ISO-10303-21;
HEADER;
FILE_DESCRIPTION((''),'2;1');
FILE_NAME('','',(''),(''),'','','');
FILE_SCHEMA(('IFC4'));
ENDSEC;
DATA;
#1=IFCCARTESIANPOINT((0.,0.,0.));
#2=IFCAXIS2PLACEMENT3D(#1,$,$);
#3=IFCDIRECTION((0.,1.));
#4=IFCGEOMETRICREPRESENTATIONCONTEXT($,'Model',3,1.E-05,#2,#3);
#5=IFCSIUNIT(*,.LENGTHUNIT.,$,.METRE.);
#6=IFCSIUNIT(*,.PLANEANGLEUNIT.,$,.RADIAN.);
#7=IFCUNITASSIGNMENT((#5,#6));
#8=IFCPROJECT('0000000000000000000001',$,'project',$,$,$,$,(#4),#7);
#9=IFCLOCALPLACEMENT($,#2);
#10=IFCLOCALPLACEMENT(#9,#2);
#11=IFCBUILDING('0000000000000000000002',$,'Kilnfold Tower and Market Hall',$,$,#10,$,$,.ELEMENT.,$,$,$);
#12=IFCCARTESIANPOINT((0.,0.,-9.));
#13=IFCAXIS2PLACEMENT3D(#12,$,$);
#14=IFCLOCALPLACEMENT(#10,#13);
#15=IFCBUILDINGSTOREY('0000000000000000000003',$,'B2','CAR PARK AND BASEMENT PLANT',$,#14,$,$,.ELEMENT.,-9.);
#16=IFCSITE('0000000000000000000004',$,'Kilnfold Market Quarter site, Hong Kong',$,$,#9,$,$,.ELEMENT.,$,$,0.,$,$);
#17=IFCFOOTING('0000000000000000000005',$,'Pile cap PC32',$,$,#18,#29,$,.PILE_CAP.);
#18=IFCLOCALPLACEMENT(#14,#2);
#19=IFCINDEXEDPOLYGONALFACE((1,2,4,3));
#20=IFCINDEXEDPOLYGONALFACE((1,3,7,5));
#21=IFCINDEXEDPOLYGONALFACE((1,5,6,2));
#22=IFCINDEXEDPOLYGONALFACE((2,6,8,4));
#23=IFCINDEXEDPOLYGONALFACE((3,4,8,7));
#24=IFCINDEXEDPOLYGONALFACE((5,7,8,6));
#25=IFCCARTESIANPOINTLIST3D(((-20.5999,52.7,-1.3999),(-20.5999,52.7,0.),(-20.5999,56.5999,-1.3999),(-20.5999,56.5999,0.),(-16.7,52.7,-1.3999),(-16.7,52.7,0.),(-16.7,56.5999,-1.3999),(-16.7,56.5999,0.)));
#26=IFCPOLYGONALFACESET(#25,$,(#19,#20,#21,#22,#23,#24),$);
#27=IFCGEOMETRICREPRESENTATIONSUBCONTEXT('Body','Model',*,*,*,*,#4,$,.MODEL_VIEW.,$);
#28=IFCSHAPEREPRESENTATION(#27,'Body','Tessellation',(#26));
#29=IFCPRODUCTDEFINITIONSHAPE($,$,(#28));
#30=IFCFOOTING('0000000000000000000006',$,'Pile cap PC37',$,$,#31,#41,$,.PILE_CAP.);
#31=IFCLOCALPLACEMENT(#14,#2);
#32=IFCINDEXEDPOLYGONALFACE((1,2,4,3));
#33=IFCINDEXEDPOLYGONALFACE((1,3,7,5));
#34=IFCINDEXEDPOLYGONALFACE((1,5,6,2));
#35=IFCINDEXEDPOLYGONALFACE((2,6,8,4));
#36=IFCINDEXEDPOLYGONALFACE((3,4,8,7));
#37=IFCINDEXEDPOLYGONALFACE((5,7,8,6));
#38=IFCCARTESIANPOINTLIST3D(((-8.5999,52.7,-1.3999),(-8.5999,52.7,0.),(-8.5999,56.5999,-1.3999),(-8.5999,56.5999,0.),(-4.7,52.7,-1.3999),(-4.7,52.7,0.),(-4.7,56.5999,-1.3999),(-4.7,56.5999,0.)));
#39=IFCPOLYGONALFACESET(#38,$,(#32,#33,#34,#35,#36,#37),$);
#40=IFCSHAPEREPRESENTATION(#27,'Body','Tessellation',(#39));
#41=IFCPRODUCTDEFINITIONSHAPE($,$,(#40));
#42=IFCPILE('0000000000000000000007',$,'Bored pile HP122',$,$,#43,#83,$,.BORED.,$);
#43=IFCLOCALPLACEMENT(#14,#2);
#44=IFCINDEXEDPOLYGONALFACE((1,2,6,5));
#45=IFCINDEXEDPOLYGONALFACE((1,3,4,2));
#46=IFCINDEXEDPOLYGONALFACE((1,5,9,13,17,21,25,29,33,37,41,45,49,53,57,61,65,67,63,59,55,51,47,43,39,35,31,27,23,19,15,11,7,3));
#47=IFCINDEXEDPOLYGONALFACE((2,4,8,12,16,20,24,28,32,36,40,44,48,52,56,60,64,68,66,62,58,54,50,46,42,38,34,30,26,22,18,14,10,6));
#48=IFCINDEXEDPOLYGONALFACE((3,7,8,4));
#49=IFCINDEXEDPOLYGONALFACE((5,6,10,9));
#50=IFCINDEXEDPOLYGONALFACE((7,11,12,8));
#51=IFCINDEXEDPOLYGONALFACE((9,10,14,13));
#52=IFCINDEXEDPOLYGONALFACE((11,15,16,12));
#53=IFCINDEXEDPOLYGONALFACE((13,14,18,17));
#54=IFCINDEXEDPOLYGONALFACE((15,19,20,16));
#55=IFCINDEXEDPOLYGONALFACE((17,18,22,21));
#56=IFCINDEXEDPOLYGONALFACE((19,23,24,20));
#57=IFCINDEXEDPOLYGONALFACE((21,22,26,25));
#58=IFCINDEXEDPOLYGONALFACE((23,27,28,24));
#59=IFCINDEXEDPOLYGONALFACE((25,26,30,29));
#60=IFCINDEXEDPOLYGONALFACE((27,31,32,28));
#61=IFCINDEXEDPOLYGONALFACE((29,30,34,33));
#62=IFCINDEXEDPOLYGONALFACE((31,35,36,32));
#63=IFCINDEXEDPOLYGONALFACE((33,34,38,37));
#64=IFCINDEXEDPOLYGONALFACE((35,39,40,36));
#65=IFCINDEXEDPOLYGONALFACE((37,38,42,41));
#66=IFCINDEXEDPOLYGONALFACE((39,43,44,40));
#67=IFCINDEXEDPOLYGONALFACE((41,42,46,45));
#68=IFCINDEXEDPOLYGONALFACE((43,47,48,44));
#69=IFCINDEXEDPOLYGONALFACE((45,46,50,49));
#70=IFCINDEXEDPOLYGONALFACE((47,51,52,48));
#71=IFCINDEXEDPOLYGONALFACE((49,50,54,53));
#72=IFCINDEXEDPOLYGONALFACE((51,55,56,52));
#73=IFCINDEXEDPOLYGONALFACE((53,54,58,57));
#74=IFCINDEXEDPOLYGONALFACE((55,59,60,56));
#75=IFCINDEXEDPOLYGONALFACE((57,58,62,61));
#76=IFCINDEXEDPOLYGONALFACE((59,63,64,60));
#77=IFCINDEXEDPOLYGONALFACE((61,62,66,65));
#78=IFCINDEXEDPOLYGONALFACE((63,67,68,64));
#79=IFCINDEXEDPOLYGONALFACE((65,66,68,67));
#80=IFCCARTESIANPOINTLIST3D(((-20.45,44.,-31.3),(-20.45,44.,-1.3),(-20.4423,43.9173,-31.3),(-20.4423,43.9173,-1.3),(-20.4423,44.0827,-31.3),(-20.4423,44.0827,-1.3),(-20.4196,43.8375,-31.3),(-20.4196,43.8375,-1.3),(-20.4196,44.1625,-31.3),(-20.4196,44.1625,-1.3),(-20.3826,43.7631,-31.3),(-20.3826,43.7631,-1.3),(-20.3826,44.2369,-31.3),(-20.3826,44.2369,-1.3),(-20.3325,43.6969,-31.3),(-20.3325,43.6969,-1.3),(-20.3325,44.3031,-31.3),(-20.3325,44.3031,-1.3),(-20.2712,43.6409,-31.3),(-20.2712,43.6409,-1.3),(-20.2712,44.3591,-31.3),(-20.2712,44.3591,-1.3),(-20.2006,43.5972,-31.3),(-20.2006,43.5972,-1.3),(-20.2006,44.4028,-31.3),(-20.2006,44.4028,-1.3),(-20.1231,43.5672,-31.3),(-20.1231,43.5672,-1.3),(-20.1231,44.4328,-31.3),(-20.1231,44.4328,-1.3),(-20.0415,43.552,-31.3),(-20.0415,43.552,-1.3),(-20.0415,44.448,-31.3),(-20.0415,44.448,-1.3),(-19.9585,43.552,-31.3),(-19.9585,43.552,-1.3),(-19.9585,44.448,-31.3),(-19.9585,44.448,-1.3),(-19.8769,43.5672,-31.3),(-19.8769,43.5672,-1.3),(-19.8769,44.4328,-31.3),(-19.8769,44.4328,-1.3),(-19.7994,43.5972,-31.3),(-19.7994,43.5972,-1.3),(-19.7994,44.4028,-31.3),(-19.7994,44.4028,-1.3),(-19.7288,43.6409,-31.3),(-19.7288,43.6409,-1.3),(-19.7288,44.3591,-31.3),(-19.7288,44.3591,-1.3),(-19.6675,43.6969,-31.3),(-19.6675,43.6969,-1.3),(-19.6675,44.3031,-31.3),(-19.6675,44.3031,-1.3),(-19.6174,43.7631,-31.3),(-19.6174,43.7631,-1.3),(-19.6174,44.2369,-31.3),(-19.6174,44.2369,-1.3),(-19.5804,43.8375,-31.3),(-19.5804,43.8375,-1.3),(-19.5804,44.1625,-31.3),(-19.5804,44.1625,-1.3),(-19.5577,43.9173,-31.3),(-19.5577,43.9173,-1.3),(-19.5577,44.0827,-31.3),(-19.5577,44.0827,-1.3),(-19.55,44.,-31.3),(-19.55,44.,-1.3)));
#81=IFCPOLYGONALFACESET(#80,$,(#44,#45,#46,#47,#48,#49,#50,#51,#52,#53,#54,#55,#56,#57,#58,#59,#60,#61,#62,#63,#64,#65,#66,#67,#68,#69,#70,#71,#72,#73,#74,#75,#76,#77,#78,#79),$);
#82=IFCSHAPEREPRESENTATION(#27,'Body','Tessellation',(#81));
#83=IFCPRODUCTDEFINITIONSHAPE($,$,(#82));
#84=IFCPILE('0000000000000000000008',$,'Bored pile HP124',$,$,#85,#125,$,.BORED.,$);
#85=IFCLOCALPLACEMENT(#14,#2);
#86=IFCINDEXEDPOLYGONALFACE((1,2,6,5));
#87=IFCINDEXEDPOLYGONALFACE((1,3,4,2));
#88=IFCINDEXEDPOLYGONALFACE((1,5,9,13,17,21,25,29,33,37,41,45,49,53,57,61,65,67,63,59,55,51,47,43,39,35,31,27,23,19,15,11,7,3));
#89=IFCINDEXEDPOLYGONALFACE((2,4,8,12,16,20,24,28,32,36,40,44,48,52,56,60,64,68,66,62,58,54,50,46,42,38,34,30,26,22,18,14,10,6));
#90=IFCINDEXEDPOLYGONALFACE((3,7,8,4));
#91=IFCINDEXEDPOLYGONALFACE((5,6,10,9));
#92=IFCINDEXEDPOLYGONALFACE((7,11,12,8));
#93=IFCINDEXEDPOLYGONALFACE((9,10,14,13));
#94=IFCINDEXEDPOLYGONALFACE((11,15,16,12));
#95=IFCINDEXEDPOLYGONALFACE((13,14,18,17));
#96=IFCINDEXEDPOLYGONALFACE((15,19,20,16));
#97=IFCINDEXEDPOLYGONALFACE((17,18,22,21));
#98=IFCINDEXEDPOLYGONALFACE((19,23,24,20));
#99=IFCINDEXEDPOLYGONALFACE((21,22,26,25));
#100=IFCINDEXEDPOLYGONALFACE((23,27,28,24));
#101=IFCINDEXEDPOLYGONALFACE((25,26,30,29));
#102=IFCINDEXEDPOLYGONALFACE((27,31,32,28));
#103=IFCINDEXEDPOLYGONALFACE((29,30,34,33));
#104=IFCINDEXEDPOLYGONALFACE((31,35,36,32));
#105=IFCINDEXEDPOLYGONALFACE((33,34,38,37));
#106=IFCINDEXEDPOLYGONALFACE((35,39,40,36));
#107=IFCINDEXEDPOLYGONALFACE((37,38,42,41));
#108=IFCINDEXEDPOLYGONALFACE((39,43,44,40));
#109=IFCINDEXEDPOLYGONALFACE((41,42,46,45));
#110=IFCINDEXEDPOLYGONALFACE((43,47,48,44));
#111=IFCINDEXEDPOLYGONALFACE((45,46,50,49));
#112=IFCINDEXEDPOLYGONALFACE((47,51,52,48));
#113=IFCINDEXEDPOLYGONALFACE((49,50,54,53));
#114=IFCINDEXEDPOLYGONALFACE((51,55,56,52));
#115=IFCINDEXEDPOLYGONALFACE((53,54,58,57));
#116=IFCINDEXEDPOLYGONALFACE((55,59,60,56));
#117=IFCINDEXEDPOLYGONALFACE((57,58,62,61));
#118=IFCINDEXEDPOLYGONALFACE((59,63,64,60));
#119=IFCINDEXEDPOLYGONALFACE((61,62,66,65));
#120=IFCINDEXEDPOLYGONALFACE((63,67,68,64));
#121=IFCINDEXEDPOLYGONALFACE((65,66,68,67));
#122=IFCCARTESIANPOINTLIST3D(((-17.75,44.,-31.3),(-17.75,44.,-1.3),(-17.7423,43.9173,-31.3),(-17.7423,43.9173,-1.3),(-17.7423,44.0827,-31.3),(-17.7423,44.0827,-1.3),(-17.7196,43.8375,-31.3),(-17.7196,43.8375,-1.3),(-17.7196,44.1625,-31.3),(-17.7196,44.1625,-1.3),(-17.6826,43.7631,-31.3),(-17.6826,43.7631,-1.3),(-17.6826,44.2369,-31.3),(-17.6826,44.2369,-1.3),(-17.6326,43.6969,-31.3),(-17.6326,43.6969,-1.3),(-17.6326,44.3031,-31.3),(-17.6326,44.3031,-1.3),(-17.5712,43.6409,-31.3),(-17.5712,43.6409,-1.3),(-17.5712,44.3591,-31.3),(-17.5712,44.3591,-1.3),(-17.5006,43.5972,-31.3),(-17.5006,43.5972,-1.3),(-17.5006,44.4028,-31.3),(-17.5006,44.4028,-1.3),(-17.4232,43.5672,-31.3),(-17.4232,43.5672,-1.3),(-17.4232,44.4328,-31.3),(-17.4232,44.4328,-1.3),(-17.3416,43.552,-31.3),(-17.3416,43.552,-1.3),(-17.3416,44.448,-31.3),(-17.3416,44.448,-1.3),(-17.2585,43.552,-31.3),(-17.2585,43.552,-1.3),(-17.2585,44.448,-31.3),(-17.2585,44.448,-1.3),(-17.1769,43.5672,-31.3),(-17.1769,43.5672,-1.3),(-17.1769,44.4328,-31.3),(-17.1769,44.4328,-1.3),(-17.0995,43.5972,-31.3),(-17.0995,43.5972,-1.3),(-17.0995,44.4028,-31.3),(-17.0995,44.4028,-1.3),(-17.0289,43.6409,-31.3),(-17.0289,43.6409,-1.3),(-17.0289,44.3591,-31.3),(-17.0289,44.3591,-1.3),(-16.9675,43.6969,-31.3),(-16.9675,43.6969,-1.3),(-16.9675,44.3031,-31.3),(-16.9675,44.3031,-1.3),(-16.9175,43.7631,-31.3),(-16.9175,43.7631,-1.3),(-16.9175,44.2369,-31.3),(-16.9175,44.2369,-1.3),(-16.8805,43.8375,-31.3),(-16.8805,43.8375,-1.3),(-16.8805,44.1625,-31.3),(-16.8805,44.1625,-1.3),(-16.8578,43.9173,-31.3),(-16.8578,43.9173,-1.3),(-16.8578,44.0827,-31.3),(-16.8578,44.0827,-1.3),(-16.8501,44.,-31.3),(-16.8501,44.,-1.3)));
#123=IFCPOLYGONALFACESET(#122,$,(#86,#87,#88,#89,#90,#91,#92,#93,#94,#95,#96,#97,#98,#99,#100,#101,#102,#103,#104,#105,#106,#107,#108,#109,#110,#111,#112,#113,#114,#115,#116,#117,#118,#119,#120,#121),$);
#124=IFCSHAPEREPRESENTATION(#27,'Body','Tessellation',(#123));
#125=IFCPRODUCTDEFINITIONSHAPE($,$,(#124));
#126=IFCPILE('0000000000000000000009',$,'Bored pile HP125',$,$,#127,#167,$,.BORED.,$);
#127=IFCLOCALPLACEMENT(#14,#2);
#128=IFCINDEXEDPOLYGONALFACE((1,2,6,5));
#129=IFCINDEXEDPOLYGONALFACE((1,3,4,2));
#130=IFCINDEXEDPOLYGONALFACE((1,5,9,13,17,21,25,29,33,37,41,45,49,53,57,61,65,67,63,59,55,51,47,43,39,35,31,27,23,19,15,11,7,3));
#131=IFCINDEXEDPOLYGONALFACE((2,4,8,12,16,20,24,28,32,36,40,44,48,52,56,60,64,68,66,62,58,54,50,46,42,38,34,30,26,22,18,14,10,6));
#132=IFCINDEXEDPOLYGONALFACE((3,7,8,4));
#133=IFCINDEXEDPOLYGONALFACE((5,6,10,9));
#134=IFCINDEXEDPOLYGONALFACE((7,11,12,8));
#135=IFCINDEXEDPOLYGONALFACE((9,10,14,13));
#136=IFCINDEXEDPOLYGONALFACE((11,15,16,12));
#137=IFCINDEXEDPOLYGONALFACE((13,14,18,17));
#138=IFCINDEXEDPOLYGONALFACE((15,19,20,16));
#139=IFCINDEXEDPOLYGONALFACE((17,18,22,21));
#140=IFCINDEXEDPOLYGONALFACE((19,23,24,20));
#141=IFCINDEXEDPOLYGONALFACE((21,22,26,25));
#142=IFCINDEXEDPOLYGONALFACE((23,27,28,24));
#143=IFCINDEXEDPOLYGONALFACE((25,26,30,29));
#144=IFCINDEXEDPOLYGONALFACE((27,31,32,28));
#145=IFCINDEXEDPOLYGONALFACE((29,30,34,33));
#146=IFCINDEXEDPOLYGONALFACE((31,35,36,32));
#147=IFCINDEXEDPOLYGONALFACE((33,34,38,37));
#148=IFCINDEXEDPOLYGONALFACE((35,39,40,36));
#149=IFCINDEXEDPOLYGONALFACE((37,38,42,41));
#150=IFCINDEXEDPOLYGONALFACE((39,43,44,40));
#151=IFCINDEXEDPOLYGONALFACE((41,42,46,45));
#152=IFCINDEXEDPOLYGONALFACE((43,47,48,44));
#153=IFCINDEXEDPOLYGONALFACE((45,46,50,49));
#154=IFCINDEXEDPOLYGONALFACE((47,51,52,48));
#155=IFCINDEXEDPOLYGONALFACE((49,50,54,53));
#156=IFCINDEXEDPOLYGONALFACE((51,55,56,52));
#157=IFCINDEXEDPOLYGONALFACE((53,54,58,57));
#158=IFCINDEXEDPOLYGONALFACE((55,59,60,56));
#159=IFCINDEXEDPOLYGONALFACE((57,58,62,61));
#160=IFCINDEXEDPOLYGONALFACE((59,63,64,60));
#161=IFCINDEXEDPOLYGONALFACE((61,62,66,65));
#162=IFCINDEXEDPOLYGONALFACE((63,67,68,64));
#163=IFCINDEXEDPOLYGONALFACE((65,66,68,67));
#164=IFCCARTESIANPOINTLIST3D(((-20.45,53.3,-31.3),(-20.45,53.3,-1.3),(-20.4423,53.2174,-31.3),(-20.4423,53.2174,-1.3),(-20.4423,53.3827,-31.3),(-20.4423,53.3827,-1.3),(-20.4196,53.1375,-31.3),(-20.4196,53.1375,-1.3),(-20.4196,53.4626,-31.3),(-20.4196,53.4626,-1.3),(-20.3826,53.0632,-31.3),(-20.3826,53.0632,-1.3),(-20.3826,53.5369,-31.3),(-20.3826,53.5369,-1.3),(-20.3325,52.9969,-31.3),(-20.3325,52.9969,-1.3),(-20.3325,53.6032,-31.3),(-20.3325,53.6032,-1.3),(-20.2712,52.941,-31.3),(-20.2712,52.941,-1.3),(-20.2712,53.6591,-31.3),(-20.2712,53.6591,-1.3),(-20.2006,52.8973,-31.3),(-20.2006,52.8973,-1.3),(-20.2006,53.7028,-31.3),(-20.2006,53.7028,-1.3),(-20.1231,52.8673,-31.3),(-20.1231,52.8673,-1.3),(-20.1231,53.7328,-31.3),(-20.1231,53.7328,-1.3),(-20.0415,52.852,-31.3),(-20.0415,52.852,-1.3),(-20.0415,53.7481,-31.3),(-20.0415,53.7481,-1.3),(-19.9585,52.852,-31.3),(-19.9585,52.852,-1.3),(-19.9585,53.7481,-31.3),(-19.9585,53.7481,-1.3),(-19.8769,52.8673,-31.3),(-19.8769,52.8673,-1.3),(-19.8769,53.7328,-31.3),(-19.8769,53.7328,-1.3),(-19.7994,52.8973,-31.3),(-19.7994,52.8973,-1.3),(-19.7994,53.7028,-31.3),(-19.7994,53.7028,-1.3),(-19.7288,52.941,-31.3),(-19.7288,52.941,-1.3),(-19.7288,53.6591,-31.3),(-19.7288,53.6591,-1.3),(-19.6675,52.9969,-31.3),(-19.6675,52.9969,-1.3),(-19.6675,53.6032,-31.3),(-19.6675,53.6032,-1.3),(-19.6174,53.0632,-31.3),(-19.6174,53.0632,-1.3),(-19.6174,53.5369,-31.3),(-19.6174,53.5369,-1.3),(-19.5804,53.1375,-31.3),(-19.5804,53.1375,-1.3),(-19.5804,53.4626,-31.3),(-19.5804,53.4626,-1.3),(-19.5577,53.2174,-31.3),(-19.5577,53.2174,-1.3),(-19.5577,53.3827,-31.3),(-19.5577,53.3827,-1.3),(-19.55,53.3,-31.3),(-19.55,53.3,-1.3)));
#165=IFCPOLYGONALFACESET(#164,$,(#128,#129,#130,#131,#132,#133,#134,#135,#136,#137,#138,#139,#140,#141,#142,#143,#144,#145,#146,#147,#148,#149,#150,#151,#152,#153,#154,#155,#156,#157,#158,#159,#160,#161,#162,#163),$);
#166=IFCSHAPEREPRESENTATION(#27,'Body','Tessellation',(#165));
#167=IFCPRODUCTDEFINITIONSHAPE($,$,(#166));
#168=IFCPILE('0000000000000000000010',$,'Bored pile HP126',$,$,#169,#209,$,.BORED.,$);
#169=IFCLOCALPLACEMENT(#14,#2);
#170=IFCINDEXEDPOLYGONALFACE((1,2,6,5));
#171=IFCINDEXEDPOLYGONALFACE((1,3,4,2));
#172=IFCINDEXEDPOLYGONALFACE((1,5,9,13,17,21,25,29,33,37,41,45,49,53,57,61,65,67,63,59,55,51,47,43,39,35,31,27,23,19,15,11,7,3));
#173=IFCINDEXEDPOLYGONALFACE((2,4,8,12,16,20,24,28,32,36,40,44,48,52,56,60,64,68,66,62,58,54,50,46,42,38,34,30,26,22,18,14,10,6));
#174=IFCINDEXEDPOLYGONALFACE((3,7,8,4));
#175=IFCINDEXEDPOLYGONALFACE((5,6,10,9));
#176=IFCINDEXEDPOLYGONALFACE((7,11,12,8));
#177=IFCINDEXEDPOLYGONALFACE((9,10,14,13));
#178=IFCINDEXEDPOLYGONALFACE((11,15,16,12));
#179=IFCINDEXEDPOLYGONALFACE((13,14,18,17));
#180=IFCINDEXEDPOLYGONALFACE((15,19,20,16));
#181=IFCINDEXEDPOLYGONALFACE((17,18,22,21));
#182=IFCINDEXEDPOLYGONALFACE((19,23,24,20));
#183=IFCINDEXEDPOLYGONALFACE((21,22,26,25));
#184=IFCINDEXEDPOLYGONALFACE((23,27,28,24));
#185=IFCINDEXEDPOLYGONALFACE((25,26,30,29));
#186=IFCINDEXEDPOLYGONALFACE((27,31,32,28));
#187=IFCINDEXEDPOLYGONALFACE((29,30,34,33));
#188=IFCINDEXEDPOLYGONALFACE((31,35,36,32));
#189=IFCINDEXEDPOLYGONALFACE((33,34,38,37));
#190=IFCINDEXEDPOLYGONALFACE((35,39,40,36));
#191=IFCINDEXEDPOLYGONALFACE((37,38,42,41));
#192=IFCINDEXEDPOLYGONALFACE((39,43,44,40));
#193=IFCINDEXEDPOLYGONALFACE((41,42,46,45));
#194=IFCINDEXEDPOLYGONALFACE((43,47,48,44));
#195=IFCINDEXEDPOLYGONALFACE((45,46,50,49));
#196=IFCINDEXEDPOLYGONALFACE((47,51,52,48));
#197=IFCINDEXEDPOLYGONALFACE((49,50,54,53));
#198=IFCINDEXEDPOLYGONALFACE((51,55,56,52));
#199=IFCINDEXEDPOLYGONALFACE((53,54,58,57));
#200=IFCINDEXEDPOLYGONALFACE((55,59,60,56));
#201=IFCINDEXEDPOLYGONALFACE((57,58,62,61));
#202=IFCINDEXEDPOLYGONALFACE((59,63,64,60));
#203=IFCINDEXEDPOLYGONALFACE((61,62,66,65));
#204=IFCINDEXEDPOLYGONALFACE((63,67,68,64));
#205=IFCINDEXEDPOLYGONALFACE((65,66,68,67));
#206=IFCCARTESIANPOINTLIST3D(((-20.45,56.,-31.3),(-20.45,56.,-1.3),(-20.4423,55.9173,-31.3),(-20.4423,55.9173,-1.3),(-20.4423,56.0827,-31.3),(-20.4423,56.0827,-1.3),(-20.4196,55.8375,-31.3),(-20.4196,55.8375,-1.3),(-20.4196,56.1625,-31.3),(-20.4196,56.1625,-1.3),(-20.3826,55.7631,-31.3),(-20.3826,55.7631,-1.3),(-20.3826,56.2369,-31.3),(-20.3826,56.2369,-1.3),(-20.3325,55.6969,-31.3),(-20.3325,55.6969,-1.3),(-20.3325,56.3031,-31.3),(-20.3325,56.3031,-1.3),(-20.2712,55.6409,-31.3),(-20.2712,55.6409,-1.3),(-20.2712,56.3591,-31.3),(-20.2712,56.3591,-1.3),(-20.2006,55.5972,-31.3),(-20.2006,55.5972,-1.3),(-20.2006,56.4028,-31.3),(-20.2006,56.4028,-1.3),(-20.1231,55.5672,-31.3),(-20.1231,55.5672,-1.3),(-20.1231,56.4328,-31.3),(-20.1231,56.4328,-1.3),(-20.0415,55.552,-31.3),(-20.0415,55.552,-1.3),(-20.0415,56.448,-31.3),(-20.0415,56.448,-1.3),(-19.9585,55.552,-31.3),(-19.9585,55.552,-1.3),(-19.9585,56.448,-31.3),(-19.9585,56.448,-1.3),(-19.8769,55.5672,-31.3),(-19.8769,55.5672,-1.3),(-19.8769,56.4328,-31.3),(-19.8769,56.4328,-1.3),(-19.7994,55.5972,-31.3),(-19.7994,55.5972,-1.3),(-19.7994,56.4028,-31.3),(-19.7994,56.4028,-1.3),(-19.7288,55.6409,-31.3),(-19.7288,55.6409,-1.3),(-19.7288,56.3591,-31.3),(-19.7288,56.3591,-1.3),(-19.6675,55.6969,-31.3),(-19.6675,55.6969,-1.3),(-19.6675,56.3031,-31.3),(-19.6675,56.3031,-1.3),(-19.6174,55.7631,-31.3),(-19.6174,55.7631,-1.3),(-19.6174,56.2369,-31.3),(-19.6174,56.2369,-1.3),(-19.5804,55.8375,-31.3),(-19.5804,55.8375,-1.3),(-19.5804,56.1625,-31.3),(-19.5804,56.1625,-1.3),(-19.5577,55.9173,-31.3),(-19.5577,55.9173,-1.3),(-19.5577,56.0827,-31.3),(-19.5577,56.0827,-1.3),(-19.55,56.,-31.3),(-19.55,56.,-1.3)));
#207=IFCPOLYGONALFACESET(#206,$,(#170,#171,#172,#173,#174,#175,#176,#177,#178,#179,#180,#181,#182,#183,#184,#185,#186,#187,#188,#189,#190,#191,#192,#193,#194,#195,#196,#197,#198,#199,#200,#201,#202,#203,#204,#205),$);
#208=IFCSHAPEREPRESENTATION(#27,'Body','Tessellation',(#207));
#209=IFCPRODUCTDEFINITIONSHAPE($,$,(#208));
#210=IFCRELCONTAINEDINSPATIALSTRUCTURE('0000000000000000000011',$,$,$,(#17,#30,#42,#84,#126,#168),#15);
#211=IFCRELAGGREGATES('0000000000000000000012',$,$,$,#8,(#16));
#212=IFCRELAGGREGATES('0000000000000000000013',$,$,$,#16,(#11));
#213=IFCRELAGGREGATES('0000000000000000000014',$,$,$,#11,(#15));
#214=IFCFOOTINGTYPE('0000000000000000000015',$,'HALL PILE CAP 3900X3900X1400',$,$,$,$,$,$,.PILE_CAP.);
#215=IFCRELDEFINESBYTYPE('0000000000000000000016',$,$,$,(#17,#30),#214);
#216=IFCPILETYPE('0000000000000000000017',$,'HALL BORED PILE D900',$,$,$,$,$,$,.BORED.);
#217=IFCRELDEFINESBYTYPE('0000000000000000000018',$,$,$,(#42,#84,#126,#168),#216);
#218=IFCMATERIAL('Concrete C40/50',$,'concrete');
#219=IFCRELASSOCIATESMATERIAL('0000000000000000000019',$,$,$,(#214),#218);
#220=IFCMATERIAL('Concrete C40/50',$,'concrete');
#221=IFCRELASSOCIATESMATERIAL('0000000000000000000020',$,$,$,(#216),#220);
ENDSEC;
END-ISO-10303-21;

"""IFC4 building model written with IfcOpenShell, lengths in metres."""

from ifc_helpers import new_model, si_unit, direction, frame, origin, origin_2d, place, context, subcontext, project, spatial, rectangle, circle, extrude, source, transform, mapped, material, material_profile, profile_set, type_object, element, save


model = new_model("IFC4")

# Units and contexts
model_context = context("Model", 3, precision=1e-05, world=origin(), true_north=direction((0.0, 1.0)))
body_context = subcontext(model_context, "Body", "Model", "MODEL_VIEW")
ifc_project = project(units=[si_unit("LENGTHUNIT", "METRE"), si_unit("PLANEANGLEUNIT", "RADIAN")], contexts=[model_context])

# Site, building, storey
site_placement = place(None, origin())
site = spatial("IfcSite", under=ifc_project, at=site_placement, Name="Kilnfold Market Quarter site, Hong Kong", CompositionType="ELEMENT", RefElevation=0.0)
building_placement = place(site_placement, origin())
building = spatial("IfcBuilding", under=site, at=building_placement, Name="Kilnfold Tower and Market Hall", CompositionType="ELEMENT")
storey_placement = place(building_placement, frame((0.0, 0.0, -9.0)))
storey = spatial("IfcBuildingStorey", under=building, at=storey_placement, Name="B2", Description="CAR PARK AND BASEMENT PLANT", CompositionType="ELEMENT", Elevation=-9.0)

# Footings
ifc_material_1 = material(Name="Concrete C40/50", Category="concrete")
footing_type = type_object("IfcFootingType", Name="HALL PILE CAP 3900X3900X1400", PredefinedType="PILE_CAP", material=ifc_material_1)
shared_shape_1 = source(origin(), body_context, "Body", "SweptSolid", [
    extrude(rectangle(XDim=3.8999, YDim=3.8999, at=origin_2d()), origin(), (0.0, 0.0, 1.0), 1.3999),
])
for number, where, z_axis, x_axis, name in (
    (1, (-18.6499, 54.6499, -1.3999), (0.0, 0.0, 1.0), (1.0, 0.0, 0.0), "Pile cap PC32"),
    (2, (-6.6499, 54.6499, -1.3999), (0.0, 0.0, 1.0), (1.0, 0.0, 0.0), "Pile cap PC37"),
):
    element("IfcFooting", number, at=place(storey_placement, frame(where, z_axis=z_axis, x_axis=x_axis)), inside=storey, type_object=footing_type, Name=name, PredefinedType="PILE_CAP", context=body_context, shape_type="MappedRepresentation", body=[
        mapped(shared_shape_1, transform((0.0, 0.0, 0.0))),
    ])

# Piles
ifc_material_2 = material(Name="Concrete C40/50", Category="concrete")
ifc_material_profile_1 = material_profile(ifc_material_2, circle(Radius=0.45, at=origin_2d()), Name="D900")
ifc_profile_set_1 = profile_set([ifc_material_profile_1], Name="Concrete C40/50")
pile_type = type_object("IfcPileType", Name="HALL BORED PILE D900", PredefinedType="BORED", material=ifc_profile_set_1)
shared_shape_2 = source(origin(), body_context, "Body", "SweptSolid", [
    extrude(circle(Radius=0.45, at=origin_2d()), origin(), (0.0, 0.0, 1.0), 30.0),
])
for number, where, z_axis, x_axis, name in (
    (3, (-20.0, 44.0, -1.3), (0.0, 0.0, -1.0), (1.0, 0.0, 0.0), "Bored pile HP122"),
    (4, (-17.3, 44.0, -1.3), (0.0, 0.0, -1.0), (1.0, 0.0, 0.0), "Bored pile HP124"),
    (5, (-20.0, 53.3, -1.3), (0.0, 0.0, -1.0), (1.0, 0.0, 0.0), "Bored pile HP125"),
    (6, (-20.0, 56.0, -1.3), (0.0, 0.0, -1.0), (1.0, 0.0, 0.0), "Bored pile HP126"),
):
    element("IfcPile", number, at=place(storey_placement, frame(where, z_axis=z_axis, x_axis=x_axis)), inside=storey, type_object=pile_type, Name=name, PredefinedType="BORED", context=body_context, shape_type="MappedRepresentation", body=[
        mapped(shared_shape_2, transform((0.0, 0.0, 0.0))),
    ])

save(model, "model.ifc")
